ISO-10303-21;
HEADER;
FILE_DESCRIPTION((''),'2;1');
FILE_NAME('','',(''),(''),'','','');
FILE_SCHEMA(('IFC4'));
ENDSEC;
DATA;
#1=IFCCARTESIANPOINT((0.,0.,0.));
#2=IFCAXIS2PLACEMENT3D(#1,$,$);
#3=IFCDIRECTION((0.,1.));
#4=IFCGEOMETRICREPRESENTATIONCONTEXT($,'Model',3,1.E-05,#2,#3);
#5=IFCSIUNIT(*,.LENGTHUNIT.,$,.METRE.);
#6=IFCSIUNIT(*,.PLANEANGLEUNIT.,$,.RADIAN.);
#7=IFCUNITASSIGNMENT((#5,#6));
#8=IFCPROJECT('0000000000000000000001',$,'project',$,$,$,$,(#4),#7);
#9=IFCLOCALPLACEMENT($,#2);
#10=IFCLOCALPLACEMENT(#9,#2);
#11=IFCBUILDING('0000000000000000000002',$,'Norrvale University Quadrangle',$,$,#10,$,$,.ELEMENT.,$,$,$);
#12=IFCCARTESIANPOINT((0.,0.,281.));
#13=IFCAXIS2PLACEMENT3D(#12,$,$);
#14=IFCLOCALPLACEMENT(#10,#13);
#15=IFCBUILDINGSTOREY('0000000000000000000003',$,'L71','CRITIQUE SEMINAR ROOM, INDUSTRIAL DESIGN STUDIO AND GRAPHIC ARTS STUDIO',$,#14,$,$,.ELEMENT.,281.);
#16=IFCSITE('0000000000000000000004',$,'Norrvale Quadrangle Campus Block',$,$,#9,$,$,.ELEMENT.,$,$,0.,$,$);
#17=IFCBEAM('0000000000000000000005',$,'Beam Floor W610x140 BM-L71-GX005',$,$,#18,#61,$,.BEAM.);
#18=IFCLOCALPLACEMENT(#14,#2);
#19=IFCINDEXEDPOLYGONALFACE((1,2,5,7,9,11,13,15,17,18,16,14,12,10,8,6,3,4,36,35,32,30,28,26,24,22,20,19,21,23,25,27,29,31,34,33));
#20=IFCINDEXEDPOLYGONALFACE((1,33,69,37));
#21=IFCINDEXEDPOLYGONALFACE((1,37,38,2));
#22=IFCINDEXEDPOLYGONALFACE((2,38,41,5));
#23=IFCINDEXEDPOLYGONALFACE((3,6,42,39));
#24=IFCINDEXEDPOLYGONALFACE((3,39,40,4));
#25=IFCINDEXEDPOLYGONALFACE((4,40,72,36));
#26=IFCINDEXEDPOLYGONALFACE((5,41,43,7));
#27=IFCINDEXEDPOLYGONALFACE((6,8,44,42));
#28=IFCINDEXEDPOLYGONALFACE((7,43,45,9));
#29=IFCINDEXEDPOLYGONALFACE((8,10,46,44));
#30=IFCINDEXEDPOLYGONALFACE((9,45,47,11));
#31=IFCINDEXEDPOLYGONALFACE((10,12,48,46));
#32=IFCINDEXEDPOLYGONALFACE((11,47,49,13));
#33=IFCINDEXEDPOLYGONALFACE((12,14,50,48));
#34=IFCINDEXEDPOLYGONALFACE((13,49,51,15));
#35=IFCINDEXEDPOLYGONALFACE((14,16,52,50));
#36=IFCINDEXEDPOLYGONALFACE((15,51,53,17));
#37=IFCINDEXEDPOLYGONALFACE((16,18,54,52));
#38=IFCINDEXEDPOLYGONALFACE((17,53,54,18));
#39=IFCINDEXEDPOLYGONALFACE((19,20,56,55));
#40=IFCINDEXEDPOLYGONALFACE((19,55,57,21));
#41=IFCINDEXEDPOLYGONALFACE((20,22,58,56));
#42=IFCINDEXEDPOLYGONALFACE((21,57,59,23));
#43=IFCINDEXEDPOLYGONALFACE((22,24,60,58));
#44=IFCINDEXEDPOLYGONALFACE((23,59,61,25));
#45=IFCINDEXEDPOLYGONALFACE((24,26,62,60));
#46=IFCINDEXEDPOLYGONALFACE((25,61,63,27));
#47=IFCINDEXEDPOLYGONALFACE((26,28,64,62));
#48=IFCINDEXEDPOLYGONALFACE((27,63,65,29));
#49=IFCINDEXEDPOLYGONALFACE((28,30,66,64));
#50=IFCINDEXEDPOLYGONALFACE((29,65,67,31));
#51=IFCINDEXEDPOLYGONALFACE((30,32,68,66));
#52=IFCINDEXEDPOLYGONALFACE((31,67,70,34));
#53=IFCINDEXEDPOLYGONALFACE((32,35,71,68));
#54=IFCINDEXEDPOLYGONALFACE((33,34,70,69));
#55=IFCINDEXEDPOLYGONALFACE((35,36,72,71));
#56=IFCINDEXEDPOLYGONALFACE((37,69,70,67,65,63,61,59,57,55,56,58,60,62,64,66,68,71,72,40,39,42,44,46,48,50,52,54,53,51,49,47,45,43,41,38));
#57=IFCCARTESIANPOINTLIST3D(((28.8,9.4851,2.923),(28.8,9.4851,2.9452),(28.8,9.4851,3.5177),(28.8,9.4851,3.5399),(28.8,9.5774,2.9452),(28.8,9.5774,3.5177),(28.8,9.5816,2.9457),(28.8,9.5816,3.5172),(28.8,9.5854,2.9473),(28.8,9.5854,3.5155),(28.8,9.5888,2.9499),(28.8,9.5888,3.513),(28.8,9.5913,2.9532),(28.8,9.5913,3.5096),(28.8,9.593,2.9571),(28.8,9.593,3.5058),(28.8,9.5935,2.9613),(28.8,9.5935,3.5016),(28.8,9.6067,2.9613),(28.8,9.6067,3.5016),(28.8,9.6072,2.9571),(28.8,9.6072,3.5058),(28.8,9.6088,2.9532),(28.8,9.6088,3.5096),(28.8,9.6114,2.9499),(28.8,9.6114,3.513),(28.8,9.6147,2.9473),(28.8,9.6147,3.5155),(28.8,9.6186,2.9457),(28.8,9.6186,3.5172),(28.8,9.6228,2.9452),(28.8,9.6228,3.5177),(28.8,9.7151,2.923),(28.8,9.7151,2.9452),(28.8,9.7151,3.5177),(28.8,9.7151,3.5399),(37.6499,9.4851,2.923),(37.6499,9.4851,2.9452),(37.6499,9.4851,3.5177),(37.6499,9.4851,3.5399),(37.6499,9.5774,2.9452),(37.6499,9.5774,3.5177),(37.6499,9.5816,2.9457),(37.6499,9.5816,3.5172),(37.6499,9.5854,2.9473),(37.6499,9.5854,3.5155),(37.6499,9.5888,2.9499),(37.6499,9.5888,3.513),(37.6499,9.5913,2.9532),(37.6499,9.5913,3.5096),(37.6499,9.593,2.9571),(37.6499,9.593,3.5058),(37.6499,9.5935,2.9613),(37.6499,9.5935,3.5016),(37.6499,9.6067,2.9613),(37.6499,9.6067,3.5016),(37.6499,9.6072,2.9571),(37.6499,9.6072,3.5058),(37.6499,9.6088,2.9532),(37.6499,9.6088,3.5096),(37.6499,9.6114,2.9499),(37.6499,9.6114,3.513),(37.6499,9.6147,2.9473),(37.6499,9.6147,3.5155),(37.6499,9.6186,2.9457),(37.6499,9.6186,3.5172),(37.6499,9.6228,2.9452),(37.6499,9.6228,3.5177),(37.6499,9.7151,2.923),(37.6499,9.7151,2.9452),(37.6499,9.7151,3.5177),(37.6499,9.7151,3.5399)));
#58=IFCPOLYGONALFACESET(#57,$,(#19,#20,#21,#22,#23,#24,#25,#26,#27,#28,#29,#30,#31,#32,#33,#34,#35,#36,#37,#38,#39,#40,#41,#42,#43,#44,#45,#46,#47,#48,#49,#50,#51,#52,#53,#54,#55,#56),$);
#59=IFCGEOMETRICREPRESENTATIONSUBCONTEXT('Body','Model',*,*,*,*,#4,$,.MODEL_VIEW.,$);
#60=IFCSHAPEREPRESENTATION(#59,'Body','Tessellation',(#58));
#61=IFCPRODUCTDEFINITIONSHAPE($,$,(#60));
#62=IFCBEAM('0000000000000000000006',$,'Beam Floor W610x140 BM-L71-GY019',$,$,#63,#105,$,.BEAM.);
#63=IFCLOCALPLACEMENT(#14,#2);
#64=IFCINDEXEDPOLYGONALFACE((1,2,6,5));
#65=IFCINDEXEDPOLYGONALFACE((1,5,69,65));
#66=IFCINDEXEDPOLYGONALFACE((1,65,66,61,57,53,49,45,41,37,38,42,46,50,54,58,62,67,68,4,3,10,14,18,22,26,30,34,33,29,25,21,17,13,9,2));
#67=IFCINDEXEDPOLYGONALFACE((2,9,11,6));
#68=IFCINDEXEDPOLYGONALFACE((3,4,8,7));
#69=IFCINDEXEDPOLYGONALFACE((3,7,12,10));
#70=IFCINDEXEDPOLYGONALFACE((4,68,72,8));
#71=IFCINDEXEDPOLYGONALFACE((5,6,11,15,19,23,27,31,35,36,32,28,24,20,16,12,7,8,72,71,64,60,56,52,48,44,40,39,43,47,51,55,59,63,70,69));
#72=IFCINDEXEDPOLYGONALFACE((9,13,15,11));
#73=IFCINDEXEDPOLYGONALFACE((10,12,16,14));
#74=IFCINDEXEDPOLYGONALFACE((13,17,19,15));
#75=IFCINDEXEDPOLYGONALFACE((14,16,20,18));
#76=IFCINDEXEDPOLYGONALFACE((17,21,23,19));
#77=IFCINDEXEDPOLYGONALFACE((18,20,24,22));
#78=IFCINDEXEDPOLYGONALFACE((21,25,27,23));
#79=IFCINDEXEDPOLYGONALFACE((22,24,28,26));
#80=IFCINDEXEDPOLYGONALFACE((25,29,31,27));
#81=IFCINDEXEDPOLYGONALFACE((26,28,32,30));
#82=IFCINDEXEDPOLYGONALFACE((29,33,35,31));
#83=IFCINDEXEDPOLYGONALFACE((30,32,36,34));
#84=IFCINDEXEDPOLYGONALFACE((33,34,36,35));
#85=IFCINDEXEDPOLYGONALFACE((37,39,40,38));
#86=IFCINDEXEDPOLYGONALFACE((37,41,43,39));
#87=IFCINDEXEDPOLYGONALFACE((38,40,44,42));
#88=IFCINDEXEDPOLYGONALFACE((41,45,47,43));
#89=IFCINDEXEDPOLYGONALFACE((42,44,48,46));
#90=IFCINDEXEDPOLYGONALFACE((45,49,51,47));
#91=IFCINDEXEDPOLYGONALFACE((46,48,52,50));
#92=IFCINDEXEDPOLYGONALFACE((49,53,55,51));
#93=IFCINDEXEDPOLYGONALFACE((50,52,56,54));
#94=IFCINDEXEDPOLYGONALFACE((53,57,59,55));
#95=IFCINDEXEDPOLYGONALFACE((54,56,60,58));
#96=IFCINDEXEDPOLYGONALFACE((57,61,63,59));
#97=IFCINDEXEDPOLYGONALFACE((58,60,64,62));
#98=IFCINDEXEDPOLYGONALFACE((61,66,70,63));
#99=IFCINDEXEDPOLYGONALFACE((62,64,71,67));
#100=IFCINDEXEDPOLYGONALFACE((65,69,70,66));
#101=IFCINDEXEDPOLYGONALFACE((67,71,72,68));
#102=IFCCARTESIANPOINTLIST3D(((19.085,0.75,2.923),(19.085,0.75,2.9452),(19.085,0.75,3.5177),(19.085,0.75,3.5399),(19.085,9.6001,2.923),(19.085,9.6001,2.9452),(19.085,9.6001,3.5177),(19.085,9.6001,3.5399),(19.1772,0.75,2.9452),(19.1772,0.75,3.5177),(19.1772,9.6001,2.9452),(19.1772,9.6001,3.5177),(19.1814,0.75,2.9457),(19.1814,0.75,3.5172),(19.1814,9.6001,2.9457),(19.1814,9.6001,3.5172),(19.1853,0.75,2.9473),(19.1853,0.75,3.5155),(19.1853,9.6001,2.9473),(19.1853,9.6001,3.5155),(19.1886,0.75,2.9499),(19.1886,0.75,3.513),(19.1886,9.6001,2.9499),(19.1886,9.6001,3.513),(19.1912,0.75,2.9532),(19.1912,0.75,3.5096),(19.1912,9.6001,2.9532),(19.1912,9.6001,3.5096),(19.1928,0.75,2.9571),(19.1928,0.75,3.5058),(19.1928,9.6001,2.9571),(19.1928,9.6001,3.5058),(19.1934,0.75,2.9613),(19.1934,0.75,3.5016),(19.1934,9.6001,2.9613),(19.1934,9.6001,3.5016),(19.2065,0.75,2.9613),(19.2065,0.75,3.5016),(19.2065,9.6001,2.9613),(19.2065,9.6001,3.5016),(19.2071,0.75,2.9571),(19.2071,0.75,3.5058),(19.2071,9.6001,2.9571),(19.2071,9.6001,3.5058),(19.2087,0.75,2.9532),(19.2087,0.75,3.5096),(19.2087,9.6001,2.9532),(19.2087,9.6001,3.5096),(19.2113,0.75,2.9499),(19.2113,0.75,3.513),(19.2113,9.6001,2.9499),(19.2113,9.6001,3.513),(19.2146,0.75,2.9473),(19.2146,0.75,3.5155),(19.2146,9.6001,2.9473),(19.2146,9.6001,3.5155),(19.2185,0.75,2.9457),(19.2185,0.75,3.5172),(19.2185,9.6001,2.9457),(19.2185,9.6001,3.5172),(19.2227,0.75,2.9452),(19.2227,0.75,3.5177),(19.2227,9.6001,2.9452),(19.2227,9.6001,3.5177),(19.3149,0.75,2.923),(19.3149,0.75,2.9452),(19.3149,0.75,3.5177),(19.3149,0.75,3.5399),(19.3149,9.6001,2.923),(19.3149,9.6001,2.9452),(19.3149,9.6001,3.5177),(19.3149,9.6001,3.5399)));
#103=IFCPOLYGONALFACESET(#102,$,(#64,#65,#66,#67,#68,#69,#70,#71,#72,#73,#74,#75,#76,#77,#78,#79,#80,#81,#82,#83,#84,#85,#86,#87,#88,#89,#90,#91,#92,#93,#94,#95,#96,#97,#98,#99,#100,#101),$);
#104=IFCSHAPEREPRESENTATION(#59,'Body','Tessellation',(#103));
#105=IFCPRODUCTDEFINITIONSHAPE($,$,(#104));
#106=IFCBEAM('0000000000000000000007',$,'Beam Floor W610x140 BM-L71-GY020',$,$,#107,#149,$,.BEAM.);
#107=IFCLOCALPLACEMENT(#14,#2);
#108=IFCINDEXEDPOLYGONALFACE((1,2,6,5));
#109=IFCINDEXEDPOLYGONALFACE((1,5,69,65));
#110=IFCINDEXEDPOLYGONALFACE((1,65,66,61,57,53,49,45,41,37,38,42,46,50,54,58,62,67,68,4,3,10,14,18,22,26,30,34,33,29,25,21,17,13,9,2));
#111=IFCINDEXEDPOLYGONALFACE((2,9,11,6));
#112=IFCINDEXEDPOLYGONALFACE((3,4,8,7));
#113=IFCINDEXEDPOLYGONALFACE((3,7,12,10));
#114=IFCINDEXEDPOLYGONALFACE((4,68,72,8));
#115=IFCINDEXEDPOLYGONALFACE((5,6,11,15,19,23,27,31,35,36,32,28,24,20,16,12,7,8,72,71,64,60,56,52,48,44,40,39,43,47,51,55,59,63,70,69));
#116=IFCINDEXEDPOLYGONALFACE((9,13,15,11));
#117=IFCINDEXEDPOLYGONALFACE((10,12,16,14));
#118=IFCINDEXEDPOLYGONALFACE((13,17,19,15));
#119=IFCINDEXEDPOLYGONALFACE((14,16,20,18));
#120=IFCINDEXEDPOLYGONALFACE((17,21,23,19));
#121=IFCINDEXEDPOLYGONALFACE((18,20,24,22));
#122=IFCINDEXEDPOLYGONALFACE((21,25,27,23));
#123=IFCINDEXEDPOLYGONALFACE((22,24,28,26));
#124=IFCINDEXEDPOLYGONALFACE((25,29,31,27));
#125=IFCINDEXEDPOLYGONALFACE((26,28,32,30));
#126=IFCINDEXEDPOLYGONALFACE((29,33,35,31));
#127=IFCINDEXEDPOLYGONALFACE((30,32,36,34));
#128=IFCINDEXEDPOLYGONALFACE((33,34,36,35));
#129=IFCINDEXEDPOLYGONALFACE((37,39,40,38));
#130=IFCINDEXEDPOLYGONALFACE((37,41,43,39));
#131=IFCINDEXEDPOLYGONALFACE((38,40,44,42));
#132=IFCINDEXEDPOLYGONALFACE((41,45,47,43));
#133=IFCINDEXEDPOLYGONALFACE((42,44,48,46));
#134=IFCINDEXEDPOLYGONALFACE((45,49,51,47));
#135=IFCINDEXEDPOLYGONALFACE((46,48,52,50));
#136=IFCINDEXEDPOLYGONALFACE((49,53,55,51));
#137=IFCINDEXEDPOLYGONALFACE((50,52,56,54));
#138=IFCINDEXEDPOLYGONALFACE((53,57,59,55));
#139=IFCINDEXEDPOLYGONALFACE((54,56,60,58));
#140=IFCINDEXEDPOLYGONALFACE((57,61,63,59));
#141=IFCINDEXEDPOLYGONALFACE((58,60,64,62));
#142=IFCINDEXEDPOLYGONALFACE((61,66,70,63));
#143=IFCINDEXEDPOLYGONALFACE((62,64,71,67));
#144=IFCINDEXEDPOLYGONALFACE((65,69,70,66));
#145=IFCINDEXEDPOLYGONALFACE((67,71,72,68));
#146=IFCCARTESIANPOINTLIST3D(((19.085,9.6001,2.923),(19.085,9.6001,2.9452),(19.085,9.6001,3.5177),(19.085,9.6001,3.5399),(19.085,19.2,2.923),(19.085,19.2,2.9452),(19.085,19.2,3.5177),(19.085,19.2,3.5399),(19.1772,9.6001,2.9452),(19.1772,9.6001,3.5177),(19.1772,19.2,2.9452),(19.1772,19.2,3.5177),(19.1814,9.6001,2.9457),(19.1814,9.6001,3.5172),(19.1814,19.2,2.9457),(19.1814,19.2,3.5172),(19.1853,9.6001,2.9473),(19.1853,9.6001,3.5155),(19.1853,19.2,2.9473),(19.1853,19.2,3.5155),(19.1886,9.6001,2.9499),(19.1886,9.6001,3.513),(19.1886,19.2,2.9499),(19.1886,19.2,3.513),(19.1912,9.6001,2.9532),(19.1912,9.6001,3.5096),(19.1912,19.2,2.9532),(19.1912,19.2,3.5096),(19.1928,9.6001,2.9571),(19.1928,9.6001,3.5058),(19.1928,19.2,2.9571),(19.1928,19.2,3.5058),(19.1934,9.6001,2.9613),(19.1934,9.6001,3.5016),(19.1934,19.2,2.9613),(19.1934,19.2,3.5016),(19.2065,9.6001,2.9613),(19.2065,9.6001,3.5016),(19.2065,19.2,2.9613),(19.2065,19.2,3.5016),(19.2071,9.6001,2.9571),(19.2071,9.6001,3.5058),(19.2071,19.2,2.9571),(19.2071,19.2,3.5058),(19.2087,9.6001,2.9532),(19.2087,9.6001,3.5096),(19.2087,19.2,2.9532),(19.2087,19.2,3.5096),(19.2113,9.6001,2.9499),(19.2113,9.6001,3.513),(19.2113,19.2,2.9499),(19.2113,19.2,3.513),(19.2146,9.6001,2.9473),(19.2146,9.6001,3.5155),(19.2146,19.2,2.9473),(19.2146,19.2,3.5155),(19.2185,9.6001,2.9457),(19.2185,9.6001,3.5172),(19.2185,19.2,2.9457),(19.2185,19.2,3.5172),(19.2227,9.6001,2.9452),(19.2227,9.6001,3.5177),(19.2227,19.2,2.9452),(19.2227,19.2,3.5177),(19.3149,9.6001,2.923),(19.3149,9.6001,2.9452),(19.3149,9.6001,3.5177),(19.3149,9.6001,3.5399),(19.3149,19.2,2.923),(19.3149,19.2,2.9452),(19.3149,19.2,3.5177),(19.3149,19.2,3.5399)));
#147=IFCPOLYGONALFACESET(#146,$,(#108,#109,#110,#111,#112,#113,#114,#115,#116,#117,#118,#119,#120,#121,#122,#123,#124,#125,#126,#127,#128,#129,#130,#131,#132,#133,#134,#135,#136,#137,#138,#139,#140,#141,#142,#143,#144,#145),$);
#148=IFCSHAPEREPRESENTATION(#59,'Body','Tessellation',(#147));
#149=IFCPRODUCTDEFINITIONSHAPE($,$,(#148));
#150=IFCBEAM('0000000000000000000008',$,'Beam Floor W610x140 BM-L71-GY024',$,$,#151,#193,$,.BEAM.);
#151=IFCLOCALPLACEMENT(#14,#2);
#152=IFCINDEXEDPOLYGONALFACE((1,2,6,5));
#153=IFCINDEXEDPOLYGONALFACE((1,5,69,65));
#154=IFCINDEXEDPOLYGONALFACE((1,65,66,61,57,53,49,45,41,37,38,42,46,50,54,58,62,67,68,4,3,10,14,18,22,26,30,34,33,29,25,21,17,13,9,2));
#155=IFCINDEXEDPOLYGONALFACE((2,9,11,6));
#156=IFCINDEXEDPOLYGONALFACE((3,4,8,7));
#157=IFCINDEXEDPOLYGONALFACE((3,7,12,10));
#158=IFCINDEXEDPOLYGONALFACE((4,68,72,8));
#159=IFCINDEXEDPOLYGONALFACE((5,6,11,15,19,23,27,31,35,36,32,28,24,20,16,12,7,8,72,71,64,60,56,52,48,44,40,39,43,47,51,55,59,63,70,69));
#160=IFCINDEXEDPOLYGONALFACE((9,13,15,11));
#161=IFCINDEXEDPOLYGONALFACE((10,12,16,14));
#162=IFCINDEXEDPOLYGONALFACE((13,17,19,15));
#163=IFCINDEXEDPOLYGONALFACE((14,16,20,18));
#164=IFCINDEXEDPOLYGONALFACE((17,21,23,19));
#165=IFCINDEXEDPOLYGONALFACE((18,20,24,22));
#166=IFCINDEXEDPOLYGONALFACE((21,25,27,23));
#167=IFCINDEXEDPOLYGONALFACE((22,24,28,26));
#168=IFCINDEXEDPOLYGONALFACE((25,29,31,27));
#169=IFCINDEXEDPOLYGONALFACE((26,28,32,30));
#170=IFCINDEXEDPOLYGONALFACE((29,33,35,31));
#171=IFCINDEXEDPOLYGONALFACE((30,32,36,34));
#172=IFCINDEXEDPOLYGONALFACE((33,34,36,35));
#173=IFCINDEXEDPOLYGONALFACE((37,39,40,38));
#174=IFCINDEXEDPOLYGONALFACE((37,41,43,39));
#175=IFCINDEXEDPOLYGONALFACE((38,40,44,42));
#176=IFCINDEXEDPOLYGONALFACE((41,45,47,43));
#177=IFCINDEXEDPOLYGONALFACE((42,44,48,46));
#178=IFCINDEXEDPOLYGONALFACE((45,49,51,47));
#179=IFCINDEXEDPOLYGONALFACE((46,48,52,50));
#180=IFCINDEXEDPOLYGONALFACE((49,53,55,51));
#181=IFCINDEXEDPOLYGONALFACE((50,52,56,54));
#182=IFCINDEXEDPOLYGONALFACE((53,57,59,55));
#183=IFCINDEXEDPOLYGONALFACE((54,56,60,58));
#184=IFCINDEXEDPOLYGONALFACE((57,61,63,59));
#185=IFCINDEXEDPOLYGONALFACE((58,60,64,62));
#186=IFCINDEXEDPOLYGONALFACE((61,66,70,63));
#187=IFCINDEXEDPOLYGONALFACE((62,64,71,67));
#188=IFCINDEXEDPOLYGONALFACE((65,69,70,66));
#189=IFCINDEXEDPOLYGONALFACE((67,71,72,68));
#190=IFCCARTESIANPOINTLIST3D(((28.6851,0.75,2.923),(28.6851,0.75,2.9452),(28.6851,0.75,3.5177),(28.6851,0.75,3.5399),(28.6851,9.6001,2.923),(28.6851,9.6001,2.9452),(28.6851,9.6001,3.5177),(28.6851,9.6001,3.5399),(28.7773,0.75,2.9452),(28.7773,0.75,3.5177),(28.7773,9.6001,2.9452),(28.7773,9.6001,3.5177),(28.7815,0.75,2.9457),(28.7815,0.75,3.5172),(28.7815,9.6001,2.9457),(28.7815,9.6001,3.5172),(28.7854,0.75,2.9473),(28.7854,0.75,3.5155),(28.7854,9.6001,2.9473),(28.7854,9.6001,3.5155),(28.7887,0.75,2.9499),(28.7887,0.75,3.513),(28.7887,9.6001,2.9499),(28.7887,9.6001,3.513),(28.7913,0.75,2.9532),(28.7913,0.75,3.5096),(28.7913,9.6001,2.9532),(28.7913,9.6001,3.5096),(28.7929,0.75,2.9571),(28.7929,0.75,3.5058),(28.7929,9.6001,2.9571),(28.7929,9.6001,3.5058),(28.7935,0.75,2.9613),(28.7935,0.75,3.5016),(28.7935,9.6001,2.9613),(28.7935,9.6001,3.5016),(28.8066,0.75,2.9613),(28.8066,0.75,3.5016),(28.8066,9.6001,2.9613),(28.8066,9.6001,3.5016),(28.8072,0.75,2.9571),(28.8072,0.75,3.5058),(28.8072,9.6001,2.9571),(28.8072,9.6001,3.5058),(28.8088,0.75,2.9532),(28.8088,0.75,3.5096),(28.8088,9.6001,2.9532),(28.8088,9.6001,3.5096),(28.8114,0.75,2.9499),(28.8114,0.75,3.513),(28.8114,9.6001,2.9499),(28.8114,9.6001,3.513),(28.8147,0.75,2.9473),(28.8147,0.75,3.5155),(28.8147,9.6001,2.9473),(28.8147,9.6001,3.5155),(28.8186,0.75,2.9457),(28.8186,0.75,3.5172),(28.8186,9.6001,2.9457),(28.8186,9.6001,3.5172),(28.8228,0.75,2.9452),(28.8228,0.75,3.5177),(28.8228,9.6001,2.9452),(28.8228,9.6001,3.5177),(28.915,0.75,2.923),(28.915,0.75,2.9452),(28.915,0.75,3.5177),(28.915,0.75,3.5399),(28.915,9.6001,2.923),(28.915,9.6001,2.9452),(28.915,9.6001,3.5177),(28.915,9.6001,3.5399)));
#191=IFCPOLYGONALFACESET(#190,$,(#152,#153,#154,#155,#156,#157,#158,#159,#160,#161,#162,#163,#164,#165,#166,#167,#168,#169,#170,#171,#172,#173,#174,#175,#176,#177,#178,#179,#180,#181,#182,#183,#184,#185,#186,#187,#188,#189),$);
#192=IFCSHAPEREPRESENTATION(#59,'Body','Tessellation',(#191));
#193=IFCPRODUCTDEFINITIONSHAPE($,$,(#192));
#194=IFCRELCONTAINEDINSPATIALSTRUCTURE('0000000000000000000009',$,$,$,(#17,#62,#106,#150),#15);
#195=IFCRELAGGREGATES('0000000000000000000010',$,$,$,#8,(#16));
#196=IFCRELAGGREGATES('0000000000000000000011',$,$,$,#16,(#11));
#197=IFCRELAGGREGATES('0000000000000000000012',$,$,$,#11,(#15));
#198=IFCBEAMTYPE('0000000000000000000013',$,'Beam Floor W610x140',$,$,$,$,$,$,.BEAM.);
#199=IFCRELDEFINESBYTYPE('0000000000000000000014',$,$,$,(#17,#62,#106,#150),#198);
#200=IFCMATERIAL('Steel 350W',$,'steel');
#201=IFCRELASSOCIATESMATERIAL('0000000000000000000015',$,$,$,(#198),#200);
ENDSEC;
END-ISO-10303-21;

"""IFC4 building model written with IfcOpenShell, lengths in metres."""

from ifc_helpers import new_model, si_unit, direction, frame, origin, origin_2d, place, context, subcontext, project, spatial, i_section, extrude, material, material_profile, profile_set, type_object, element, save


model = new_model("IFC4")

# Units and contexts
model_context = context("Model", 3, precision=1e-05, world=origin(), true_north=direction((0.0, 1.0)))
body_context = subcontext(model_context, "Body", "Model", "MODEL_VIEW")
ifc_project = project(units=[si_unit("LENGTHUNIT", "METRE"), si_unit("PLANEANGLEUNIT", "RADIAN")], contexts=[model_context])

# Site, building, storey
site_placement = place(None, origin())
site = spatial("IfcSite", under=ifc_project, at=site_placement, Name="Norrvale Quadrangle Campus Block", CompositionType="ELEMENT", RefElevation=0.0)
building_placement = place(site_placement, origin())
building = spatial("IfcBuilding", under=site, at=building_placement, Name="Norrvale University Quadrangle", CompositionType="ELEMENT")
storey_placement = place(building_placement, frame((0.0, 0.0, 281.0)))
storey = spatial("IfcBuildingStorey", under=building, at=storey_placement, Name="L71", Description="CRITIQUE SEMINAR ROOM, INDUSTRIAL DESIGN STUDIO AND GRAPHIC ARTS STUDIO", CompositionType="ELEMENT", Elevation=281.0)

# Beams
ifc_material_1 = material(Name="Steel 350W", Category="steel")
ifc_material_profile_1 = material_profile(ifc_material_1, i_section(OverallWidth=0.23, OverallDepth=0.6169, WebThickness=0.0132, FlangeThickness=0.0222, FilletRadius=0.0161, at=origin_2d()), Name="Steel 350W")
ifc_profile_set_1 = profile_set([ifc_material_profile_1], Name="Steel 350W")
beam_type_1 = type_object("IfcBeamType", Name="Beam Floor W610x140", PredefinedType="BEAM", material=ifc_profile_set_1)
beam_1_placement = place(storey_placement, frame((28.8, 9.6001, 3.2314), z_axis=(1.0, 0.0, 0.0), x_axis=(0.0, 1.0, 0.0)))
element("IfcBeam", 1, at=beam_1_placement, inside=storey, type_object=beam_type_1, Name="Beam Floor W610x140 BM-L71-GX005", PredefinedType="BEAM", context=body_context, shape_type="SweptSolid", body=[
    extrude(i_section(OverallWidth=0.23, OverallDepth=0.6169, WebThickness=0.0132, FlangeThickness=0.0222, FilletRadius=0.0161, at=origin_2d()), origin(), (0.0, 0.0, 1.0), 8.8499),
])
beam_2_placement = place(storey_placement, frame((19.2, 0.75, 3.2314), z_axis=(0.0, 1.0, 0.0), x_axis=(-1.0, 0.0, 0.0)))
element("IfcBeam", 2, at=beam_2_placement, inside=storey, type_object=beam_type_1, Name="Beam Floor W610x140 BM-L71-GY019", PredefinedType="BEAM", context=body_context, shape_type="SweptSolid", body=[
    extrude(i_section(OverallWidth=0.23, OverallDepth=0.6169, WebThickness=0.0132, FlangeThickness=0.0222, FilletRadius=0.0161, at=origin_2d()), origin(), (0.0, 0.0, 1.0), 8.8501),
])
beam_3_placement = place(storey_placement, frame((19.2, 9.6001, 3.2314), z_axis=(0.0, 1.0, 0.0), x_axis=(-1.0, 0.0, 0.0)))
element("IfcBeam", 3, at=beam_3_placement, inside=storey, type_object=beam_type_1, Name="Beam Floor W610x140 BM-L71-GY020", PredefinedType="BEAM", context=body_context, shape_type="SweptSolid", body=[
    extrude(i_section(OverallWidth=0.23, OverallDepth=0.6169, WebThickness=0.0132, FlangeThickness=0.0222, FilletRadius=0.0161, at=origin_2d()), origin(), (0.0, 0.0, 1.0), 9.5999),
])
beam_4_placement = place(storey_placement, frame((28.8, 0.75, 3.2314), z_axis=(0.0, 1.0, 0.0), x_axis=(-1.0, 0.0, 0.0)))
element("IfcBeam", 4, at=beam_4_placement, inside=storey, type_object=beam_type_1, Name="Beam Floor W610x140 BM-L71-GY024", PredefinedType="BEAM", context=body_context, shape_type="SweptSolid", body=[
    extrude(i_section(OverallWidth=0.23, OverallDepth=0.6169, WebThickness=0.0132, FlangeThickness=0.0222, FilletRadius=0.0161, at=origin_2d()), origin(), (0.0, 0.0, 1.0), 8.8501),
])

save(model, "model.ifc")
